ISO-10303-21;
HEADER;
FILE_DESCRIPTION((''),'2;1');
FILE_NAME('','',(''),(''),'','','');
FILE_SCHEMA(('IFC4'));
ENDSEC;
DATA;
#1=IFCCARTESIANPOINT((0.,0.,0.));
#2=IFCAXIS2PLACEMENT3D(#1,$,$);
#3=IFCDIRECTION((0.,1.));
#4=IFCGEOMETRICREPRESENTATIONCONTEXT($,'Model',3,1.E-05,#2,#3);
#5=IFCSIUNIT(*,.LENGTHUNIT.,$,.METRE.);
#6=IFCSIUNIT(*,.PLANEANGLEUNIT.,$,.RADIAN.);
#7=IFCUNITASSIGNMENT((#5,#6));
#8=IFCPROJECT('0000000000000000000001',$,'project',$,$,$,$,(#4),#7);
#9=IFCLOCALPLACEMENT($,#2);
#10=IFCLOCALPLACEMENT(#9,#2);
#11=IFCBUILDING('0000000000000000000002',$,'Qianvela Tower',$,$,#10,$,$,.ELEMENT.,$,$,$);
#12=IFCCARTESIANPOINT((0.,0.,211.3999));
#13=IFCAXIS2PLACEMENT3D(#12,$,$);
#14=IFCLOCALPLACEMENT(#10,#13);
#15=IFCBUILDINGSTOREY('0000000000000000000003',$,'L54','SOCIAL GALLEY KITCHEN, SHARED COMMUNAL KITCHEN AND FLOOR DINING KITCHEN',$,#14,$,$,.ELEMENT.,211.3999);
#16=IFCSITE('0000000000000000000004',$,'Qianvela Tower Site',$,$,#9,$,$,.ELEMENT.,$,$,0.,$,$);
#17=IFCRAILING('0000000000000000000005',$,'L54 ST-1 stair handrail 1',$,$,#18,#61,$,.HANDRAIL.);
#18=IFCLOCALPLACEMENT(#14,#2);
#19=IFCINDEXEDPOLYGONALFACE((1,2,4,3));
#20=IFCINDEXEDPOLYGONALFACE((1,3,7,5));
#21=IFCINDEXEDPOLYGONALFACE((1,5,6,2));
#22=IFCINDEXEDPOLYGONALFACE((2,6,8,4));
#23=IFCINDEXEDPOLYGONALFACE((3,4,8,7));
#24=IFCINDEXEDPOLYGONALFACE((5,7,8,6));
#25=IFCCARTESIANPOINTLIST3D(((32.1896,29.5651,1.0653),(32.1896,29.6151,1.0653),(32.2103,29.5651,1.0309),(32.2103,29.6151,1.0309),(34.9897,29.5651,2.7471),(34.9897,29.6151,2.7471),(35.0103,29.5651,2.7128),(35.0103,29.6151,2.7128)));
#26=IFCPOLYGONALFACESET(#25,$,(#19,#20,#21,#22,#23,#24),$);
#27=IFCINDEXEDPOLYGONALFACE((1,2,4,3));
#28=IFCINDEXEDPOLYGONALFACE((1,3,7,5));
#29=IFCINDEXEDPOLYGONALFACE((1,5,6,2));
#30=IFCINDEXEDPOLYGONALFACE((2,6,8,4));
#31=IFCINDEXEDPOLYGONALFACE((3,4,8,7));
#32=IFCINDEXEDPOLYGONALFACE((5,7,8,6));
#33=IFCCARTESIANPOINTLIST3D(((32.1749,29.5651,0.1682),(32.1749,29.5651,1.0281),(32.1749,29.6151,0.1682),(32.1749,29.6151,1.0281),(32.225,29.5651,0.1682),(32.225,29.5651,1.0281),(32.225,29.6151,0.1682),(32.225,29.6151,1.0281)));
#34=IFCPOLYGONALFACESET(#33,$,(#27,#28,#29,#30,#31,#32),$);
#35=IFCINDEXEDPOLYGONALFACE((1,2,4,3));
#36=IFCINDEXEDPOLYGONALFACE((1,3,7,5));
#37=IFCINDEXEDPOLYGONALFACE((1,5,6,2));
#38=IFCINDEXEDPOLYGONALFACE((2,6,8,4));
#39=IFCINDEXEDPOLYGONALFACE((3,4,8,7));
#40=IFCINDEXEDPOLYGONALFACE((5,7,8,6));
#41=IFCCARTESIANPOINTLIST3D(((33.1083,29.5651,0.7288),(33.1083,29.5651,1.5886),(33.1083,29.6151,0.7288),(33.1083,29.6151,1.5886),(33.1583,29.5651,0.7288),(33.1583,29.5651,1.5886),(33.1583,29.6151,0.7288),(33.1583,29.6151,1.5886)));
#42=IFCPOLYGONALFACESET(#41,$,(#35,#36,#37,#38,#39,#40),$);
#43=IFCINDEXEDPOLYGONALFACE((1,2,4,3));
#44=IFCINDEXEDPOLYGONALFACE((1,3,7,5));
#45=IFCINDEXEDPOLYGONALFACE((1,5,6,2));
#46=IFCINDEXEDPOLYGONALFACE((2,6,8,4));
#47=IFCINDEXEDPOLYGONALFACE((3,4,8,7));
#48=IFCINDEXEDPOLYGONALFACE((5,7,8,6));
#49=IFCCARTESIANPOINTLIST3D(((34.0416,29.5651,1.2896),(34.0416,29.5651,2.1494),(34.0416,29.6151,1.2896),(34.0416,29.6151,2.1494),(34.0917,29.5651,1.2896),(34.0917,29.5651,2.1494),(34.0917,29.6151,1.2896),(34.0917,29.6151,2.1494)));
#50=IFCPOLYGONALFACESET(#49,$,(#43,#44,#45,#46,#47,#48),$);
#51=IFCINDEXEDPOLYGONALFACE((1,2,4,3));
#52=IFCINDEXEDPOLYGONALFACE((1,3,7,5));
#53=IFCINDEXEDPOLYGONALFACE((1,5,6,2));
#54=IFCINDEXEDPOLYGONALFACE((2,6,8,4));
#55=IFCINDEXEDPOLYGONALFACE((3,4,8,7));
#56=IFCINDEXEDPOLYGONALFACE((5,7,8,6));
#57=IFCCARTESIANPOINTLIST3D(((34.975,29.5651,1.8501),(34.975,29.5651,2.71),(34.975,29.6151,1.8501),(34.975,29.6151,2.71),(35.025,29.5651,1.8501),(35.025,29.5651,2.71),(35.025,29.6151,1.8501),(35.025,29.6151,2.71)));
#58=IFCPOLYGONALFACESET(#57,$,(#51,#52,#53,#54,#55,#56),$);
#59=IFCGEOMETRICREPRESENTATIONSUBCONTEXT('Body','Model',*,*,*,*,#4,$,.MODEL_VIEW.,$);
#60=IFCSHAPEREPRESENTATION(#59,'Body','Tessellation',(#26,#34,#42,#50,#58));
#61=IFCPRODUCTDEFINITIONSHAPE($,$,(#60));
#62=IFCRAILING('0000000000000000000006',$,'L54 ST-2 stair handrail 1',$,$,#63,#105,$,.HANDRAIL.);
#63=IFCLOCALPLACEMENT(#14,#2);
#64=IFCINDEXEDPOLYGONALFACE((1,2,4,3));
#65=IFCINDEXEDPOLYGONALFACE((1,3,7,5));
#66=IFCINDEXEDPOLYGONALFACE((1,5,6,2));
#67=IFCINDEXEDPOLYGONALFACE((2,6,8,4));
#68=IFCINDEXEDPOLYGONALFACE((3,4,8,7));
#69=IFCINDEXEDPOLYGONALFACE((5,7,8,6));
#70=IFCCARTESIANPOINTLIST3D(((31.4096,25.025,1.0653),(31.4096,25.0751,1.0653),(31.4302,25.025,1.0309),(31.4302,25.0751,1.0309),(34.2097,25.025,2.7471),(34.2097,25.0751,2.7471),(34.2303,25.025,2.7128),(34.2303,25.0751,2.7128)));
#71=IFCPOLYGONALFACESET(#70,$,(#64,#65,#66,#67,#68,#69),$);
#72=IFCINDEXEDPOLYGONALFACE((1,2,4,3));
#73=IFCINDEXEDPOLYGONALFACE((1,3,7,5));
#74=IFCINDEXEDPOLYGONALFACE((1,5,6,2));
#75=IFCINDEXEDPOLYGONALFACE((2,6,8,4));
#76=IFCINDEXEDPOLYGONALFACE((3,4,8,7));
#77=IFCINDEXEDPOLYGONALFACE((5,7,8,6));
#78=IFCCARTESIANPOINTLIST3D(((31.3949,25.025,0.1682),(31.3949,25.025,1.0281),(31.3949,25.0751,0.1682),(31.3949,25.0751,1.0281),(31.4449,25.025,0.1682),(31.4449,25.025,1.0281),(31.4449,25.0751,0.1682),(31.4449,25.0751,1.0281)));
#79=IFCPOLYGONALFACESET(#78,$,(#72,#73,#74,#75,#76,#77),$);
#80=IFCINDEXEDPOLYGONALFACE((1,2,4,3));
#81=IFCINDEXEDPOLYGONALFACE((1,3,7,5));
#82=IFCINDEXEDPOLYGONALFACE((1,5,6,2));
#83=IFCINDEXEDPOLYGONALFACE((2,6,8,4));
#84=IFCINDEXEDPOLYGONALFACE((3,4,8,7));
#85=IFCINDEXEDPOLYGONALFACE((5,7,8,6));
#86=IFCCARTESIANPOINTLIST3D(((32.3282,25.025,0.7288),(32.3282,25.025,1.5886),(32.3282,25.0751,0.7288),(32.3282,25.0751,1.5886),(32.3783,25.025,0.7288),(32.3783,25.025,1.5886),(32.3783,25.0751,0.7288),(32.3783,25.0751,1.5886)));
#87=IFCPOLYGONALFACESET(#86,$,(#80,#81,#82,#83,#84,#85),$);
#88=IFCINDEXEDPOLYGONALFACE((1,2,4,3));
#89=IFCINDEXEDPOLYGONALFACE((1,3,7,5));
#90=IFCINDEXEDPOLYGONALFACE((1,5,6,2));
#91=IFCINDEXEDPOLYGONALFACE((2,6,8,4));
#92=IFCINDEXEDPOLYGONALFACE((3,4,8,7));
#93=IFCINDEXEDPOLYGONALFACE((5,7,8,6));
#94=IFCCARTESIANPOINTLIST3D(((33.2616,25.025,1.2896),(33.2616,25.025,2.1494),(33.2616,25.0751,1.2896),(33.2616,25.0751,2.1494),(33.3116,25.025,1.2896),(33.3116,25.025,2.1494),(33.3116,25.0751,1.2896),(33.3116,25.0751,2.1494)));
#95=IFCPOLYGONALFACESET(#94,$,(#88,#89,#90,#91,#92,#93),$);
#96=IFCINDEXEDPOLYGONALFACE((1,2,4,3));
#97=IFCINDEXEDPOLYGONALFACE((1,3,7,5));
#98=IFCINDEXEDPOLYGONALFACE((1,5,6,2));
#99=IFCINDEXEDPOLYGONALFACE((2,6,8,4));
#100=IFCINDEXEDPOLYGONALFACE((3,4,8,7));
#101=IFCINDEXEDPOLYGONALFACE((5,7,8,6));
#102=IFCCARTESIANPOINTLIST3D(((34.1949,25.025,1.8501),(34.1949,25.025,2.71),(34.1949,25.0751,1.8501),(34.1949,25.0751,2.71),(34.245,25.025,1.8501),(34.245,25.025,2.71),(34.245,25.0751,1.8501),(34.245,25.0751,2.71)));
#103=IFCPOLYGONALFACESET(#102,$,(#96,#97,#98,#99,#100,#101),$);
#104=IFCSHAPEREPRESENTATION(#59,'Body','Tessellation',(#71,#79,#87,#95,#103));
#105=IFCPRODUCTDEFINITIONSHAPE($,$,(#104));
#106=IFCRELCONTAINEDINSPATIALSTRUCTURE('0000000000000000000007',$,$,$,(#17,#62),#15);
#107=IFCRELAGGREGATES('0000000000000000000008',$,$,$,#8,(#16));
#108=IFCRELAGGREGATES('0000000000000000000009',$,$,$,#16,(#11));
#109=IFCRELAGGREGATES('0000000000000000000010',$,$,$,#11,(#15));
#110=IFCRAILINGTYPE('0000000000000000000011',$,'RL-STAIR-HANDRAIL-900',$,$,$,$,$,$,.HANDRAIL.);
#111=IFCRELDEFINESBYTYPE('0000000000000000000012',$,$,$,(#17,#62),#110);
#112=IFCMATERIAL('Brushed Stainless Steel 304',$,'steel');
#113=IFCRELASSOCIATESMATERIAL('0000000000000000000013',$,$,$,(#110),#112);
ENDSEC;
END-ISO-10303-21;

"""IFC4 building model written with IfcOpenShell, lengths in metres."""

from ifc_helpers import new_model, si_unit, direction, frame, origin, origin_2d, place, context, subcontext, project, spatial, rectangle, extrude, material, type_object, element, save


model = new_model("IFC4")

# Units and contexts
model_context = context("Model", 3, precision=1e-05, world=origin(), true_north=direction((0.0, 1.0)))
body_context = subcontext(model_context, "Body", "Model", "MODEL_VIEW")
ifc_project = project(units=[si_unit("LENGTHUNIT", "METRE"), si_unit("PLANEANGLEUNIT", "RADIAN")], contexts=[model_context])

# Site, building, storey
site_placement = place(None, origin())
site = spatial("IfcSite", under=ifc_project, at=site_placement, Name="Qianvela Tower Site", CompositionType="ELEMENT", RefElevation=0.0)
building_placement = place(site_placement, origin())
building = spatial("IfcBuilding", under=site, at=building_placement, Name="Qianvela Tower", CompositionType="ELEMENT")
storey_placement = place(building_placement, frame((0.0, 0.0, 211.3999)))
storey = spatial("IfcBuildingStorey", under=building, at=storey_placement, Name="L54", Description="SOCIAL GALLEY KITCHEN, SHARED COMMUNAL KITCHEN AND FLOOR DINING KITCHEN", CompositionType="ELEMENT", Elevation=211.3999)

# Railings
ifc_material_1 = material(Name="Brushed Stainless Steel 304", Category="steel")
railing_type_1 = type_object("IfcRailingType", Name="RL-STAIR-HANDRAIL-900", PredefinedType="HANDRAIL", material=ifc_material_1)
for number, where, name in (
    (1, (32.2, 29.5901, 0.1682), "L54 ST-1 stair handrail 1"),
    (2, (31.4199, 25.05, 0.1682), "L54 ST-2 stair handrail 1"),
):
    element("IfcRailing", number, at=place(storey_placement, frame(where)), inside=storey, type_object=railing_type_1, Name=name, PredefinedType="HANDRAIL", context=body_context, shape_type="SweptSolid", body=[
        extrude(rectangle(XDim=0.05, YDim=0.04, at=origin_2d()), frame((0.0, 0.0, 0.8799), z_axis=(0.857242, 0.0, 0.514913), x_axis=(0.0, 1.0, 0.0)), (0.0, 0.0, 1.0), 3.2664),
        extrude(rectangle(XDim=0.05, YDim=0.05, at=origin_2d()), origin(), (0.0, 0.0, 1.0), 0.8599),
        extrude(rectangle(XDim=0.05, YDim=0.05, at=origin_2d()), frame((0.9333, 0.0, 0.5605)), (0.0, 0.0, 1.0), 0.8599),
        extrude(rectangle(XDim=0.05, YDim=0.05, at=origin_2d()), frame((1.8667, 0.0, 1.1213)), (0.0, 0.0, 1.0), 0.8599),
        extrude(rectangle(XDim=0.05, YDim=0.05, at=origin_2d()), frame((2.8, 0.0, 1.6819)), (0.0, 0.0, 1.0), 0.8599),
    ])

save(model, "model.ifc")
